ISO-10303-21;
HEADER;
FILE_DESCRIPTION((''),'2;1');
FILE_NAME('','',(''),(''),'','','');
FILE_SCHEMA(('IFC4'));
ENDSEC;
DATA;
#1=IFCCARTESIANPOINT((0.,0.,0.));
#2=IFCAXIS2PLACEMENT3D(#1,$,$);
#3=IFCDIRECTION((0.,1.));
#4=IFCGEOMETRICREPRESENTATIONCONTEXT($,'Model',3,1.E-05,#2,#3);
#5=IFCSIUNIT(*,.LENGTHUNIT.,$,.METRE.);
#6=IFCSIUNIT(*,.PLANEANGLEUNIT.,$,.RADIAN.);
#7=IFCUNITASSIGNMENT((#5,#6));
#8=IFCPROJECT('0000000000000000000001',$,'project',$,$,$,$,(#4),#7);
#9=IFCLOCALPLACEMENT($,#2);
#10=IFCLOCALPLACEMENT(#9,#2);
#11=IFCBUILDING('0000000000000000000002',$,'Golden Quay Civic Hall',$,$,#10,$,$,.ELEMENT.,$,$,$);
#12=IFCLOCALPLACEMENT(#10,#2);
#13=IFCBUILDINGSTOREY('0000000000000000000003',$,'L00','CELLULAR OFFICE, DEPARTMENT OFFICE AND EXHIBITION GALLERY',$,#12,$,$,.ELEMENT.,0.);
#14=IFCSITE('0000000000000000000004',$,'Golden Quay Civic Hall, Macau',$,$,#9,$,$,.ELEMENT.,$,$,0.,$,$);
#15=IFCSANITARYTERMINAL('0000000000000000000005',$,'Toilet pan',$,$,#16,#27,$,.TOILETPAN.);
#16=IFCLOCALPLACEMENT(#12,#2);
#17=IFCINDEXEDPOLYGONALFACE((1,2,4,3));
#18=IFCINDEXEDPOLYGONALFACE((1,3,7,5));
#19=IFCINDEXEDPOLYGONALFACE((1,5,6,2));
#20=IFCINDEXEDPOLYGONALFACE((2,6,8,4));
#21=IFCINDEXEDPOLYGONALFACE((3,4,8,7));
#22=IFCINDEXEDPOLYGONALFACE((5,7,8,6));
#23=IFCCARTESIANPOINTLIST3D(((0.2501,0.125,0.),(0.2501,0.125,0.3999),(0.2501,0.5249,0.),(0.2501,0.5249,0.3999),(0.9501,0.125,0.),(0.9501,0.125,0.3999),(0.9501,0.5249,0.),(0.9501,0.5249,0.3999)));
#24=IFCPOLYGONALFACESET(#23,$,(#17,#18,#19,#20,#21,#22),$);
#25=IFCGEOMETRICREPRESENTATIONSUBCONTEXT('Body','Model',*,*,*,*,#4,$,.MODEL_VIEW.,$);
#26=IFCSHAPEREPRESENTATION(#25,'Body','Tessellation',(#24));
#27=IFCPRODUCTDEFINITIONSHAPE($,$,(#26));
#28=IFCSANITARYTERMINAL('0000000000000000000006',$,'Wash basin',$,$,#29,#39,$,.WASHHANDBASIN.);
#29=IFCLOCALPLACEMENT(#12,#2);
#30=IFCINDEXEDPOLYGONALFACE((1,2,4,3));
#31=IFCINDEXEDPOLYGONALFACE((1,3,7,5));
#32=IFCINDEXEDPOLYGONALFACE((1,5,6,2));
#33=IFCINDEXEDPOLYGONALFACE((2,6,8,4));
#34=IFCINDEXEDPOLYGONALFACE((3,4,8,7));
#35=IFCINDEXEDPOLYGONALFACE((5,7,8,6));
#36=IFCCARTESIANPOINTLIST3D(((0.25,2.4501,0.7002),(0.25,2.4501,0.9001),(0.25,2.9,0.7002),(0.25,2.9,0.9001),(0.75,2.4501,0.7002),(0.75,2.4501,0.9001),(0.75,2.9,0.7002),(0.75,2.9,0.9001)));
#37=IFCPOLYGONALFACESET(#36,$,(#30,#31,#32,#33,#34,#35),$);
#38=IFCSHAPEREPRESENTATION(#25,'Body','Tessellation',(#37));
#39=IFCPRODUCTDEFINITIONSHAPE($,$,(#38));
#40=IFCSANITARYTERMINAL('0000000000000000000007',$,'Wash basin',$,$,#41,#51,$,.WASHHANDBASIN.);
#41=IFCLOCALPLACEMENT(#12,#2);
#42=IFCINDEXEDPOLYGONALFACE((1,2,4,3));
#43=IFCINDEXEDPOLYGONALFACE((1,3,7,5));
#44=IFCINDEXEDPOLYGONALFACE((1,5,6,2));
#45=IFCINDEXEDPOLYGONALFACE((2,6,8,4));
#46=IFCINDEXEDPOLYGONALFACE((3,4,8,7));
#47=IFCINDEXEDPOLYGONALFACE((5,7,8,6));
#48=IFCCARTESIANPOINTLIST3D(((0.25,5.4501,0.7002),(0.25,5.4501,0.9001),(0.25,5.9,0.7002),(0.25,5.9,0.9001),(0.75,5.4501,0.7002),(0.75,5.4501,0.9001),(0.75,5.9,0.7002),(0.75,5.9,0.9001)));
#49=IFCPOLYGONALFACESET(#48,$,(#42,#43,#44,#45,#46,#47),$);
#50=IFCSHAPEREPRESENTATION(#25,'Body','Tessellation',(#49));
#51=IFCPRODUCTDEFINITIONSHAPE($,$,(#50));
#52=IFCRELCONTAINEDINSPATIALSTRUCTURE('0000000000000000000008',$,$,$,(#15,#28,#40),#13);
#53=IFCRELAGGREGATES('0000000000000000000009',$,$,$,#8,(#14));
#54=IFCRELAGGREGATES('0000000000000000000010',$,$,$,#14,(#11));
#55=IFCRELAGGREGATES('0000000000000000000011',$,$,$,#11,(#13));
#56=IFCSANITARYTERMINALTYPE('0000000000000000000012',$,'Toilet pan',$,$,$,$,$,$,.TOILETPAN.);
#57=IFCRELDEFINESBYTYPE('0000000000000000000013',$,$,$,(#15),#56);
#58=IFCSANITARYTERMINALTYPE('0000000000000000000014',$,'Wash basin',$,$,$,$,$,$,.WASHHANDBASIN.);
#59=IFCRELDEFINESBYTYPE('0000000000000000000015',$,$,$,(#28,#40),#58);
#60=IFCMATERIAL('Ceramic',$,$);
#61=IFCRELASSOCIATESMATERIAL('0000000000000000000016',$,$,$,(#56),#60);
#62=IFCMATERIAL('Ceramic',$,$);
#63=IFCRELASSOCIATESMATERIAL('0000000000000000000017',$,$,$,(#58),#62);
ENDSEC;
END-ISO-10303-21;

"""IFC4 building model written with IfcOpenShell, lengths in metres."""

from ifc_helpers import new_model, si_unit, direction, frame, origin, origin_2d, place, context, subcontext, project, spatial, rectangle, extrude, material, type_object, element, save


model = new_model("IFC4")

# Units and contexts
model_context = context("Model", 3, precision=1e-05, world=origin(), true_north=direction((0.0, 1.0)))
body_context = subcontext(model_context, "Body", "Model", "MODEL_VIEW")
ifc_project = project(units=[si_unit("LENGTHUNIT", "METRE"), si_unit("PLANEANGLEUNIT", "RADIAN")], contexts=[model_context])

# Site, building, storey
site_placement = place(None, origin())
site = spatial("IfcSite", under=ifc_project, at=site_placement, Name="Golden Quay Civic Hall, Macau", CompositionType="ELEMENT", RefElevation=0.0)
building_placement = place(site_placement, origin())
building = spatial("IfcBuilding", under=site, at=building_placement, Name="Golden Quay Civic Hall", CompositionType="ELEMENT")
storey_placement = place(building_placement, origin())
storey = spatial("IfcBuildingStorey", under=building, at=storey_placement, Name="L00", Description="CELLULAR OFFICE, DEPARTMENT OFFICE AND EXHIBITION GALLERY", CompositionType="ELEMENT", Elevation=0.0)

# Sanitary terminals
ifc_material_1 = material(Name="Ceramic")
sanitary_terminal_type_1 = type_object("IfcSanitaryTerminalType", Name="Toilet pan", PredefinedType="TOILETPAN", material=ifc_material_1)
sanitary_terminal_placement = place(storey_placement, frame((0.6001, 0.325, 0.0), z_axis=(0.0, 0.0, 1.0), x_axis=(0.0, 1.0, 0.0)))
element("IfcSanitaryTerminal", 1, at=sanitary_terminal_placement, inside=storey, type_object=sanitary_terminal_type_1, Name="Toilet pan", PredefinedType="TOILETPAN", context=body_context, shape_type="SweptSolid", body=[
    extrude(rectangle(XDim=0.3999, YDim=0.7, at=origin_2d()), origin(), (0.0, 0.0, 1.0), 0.3999),
])
ifc_material_2 = material(Name="Ceramic")
sanitary_terminal_type_2 = type_object("IfcSanitaryTerminalType", Name="Wash basin", PredefinedType="WASHHANDBASIN", material=ifc_material_2)
for number, where, z_axis, x_axis, name in (
    (2, (0.5, 2.675, 0.7002), (0.0, 0.0, 1.0), (1.0, 0.0, 0.0), "Wash basin"),
    (3, (0.5, 5.675, 0.7002), (0.0, 0.0, 1.0), (1.0, 0.0, 0.0), "Wash basin"),
):
    element("IfcSanitaryTerminal", number, at=place(storey_placement, frame(where, z_axis=z_axis, x_axis=x_axis)), inside=storey, type_object=sanitary_terminal_type_2, Name=name, PredefinedType="WASHHANDBASIN", context=body_context, shape_type="SweptSolid", body=[
        extrude(rectangle(XDim=0.5, YDim=0.45, at=origin_2d()), origin(), (0.0, 0.0, 1.0), 0.2),
    ])

save(model, "model.ifc")
